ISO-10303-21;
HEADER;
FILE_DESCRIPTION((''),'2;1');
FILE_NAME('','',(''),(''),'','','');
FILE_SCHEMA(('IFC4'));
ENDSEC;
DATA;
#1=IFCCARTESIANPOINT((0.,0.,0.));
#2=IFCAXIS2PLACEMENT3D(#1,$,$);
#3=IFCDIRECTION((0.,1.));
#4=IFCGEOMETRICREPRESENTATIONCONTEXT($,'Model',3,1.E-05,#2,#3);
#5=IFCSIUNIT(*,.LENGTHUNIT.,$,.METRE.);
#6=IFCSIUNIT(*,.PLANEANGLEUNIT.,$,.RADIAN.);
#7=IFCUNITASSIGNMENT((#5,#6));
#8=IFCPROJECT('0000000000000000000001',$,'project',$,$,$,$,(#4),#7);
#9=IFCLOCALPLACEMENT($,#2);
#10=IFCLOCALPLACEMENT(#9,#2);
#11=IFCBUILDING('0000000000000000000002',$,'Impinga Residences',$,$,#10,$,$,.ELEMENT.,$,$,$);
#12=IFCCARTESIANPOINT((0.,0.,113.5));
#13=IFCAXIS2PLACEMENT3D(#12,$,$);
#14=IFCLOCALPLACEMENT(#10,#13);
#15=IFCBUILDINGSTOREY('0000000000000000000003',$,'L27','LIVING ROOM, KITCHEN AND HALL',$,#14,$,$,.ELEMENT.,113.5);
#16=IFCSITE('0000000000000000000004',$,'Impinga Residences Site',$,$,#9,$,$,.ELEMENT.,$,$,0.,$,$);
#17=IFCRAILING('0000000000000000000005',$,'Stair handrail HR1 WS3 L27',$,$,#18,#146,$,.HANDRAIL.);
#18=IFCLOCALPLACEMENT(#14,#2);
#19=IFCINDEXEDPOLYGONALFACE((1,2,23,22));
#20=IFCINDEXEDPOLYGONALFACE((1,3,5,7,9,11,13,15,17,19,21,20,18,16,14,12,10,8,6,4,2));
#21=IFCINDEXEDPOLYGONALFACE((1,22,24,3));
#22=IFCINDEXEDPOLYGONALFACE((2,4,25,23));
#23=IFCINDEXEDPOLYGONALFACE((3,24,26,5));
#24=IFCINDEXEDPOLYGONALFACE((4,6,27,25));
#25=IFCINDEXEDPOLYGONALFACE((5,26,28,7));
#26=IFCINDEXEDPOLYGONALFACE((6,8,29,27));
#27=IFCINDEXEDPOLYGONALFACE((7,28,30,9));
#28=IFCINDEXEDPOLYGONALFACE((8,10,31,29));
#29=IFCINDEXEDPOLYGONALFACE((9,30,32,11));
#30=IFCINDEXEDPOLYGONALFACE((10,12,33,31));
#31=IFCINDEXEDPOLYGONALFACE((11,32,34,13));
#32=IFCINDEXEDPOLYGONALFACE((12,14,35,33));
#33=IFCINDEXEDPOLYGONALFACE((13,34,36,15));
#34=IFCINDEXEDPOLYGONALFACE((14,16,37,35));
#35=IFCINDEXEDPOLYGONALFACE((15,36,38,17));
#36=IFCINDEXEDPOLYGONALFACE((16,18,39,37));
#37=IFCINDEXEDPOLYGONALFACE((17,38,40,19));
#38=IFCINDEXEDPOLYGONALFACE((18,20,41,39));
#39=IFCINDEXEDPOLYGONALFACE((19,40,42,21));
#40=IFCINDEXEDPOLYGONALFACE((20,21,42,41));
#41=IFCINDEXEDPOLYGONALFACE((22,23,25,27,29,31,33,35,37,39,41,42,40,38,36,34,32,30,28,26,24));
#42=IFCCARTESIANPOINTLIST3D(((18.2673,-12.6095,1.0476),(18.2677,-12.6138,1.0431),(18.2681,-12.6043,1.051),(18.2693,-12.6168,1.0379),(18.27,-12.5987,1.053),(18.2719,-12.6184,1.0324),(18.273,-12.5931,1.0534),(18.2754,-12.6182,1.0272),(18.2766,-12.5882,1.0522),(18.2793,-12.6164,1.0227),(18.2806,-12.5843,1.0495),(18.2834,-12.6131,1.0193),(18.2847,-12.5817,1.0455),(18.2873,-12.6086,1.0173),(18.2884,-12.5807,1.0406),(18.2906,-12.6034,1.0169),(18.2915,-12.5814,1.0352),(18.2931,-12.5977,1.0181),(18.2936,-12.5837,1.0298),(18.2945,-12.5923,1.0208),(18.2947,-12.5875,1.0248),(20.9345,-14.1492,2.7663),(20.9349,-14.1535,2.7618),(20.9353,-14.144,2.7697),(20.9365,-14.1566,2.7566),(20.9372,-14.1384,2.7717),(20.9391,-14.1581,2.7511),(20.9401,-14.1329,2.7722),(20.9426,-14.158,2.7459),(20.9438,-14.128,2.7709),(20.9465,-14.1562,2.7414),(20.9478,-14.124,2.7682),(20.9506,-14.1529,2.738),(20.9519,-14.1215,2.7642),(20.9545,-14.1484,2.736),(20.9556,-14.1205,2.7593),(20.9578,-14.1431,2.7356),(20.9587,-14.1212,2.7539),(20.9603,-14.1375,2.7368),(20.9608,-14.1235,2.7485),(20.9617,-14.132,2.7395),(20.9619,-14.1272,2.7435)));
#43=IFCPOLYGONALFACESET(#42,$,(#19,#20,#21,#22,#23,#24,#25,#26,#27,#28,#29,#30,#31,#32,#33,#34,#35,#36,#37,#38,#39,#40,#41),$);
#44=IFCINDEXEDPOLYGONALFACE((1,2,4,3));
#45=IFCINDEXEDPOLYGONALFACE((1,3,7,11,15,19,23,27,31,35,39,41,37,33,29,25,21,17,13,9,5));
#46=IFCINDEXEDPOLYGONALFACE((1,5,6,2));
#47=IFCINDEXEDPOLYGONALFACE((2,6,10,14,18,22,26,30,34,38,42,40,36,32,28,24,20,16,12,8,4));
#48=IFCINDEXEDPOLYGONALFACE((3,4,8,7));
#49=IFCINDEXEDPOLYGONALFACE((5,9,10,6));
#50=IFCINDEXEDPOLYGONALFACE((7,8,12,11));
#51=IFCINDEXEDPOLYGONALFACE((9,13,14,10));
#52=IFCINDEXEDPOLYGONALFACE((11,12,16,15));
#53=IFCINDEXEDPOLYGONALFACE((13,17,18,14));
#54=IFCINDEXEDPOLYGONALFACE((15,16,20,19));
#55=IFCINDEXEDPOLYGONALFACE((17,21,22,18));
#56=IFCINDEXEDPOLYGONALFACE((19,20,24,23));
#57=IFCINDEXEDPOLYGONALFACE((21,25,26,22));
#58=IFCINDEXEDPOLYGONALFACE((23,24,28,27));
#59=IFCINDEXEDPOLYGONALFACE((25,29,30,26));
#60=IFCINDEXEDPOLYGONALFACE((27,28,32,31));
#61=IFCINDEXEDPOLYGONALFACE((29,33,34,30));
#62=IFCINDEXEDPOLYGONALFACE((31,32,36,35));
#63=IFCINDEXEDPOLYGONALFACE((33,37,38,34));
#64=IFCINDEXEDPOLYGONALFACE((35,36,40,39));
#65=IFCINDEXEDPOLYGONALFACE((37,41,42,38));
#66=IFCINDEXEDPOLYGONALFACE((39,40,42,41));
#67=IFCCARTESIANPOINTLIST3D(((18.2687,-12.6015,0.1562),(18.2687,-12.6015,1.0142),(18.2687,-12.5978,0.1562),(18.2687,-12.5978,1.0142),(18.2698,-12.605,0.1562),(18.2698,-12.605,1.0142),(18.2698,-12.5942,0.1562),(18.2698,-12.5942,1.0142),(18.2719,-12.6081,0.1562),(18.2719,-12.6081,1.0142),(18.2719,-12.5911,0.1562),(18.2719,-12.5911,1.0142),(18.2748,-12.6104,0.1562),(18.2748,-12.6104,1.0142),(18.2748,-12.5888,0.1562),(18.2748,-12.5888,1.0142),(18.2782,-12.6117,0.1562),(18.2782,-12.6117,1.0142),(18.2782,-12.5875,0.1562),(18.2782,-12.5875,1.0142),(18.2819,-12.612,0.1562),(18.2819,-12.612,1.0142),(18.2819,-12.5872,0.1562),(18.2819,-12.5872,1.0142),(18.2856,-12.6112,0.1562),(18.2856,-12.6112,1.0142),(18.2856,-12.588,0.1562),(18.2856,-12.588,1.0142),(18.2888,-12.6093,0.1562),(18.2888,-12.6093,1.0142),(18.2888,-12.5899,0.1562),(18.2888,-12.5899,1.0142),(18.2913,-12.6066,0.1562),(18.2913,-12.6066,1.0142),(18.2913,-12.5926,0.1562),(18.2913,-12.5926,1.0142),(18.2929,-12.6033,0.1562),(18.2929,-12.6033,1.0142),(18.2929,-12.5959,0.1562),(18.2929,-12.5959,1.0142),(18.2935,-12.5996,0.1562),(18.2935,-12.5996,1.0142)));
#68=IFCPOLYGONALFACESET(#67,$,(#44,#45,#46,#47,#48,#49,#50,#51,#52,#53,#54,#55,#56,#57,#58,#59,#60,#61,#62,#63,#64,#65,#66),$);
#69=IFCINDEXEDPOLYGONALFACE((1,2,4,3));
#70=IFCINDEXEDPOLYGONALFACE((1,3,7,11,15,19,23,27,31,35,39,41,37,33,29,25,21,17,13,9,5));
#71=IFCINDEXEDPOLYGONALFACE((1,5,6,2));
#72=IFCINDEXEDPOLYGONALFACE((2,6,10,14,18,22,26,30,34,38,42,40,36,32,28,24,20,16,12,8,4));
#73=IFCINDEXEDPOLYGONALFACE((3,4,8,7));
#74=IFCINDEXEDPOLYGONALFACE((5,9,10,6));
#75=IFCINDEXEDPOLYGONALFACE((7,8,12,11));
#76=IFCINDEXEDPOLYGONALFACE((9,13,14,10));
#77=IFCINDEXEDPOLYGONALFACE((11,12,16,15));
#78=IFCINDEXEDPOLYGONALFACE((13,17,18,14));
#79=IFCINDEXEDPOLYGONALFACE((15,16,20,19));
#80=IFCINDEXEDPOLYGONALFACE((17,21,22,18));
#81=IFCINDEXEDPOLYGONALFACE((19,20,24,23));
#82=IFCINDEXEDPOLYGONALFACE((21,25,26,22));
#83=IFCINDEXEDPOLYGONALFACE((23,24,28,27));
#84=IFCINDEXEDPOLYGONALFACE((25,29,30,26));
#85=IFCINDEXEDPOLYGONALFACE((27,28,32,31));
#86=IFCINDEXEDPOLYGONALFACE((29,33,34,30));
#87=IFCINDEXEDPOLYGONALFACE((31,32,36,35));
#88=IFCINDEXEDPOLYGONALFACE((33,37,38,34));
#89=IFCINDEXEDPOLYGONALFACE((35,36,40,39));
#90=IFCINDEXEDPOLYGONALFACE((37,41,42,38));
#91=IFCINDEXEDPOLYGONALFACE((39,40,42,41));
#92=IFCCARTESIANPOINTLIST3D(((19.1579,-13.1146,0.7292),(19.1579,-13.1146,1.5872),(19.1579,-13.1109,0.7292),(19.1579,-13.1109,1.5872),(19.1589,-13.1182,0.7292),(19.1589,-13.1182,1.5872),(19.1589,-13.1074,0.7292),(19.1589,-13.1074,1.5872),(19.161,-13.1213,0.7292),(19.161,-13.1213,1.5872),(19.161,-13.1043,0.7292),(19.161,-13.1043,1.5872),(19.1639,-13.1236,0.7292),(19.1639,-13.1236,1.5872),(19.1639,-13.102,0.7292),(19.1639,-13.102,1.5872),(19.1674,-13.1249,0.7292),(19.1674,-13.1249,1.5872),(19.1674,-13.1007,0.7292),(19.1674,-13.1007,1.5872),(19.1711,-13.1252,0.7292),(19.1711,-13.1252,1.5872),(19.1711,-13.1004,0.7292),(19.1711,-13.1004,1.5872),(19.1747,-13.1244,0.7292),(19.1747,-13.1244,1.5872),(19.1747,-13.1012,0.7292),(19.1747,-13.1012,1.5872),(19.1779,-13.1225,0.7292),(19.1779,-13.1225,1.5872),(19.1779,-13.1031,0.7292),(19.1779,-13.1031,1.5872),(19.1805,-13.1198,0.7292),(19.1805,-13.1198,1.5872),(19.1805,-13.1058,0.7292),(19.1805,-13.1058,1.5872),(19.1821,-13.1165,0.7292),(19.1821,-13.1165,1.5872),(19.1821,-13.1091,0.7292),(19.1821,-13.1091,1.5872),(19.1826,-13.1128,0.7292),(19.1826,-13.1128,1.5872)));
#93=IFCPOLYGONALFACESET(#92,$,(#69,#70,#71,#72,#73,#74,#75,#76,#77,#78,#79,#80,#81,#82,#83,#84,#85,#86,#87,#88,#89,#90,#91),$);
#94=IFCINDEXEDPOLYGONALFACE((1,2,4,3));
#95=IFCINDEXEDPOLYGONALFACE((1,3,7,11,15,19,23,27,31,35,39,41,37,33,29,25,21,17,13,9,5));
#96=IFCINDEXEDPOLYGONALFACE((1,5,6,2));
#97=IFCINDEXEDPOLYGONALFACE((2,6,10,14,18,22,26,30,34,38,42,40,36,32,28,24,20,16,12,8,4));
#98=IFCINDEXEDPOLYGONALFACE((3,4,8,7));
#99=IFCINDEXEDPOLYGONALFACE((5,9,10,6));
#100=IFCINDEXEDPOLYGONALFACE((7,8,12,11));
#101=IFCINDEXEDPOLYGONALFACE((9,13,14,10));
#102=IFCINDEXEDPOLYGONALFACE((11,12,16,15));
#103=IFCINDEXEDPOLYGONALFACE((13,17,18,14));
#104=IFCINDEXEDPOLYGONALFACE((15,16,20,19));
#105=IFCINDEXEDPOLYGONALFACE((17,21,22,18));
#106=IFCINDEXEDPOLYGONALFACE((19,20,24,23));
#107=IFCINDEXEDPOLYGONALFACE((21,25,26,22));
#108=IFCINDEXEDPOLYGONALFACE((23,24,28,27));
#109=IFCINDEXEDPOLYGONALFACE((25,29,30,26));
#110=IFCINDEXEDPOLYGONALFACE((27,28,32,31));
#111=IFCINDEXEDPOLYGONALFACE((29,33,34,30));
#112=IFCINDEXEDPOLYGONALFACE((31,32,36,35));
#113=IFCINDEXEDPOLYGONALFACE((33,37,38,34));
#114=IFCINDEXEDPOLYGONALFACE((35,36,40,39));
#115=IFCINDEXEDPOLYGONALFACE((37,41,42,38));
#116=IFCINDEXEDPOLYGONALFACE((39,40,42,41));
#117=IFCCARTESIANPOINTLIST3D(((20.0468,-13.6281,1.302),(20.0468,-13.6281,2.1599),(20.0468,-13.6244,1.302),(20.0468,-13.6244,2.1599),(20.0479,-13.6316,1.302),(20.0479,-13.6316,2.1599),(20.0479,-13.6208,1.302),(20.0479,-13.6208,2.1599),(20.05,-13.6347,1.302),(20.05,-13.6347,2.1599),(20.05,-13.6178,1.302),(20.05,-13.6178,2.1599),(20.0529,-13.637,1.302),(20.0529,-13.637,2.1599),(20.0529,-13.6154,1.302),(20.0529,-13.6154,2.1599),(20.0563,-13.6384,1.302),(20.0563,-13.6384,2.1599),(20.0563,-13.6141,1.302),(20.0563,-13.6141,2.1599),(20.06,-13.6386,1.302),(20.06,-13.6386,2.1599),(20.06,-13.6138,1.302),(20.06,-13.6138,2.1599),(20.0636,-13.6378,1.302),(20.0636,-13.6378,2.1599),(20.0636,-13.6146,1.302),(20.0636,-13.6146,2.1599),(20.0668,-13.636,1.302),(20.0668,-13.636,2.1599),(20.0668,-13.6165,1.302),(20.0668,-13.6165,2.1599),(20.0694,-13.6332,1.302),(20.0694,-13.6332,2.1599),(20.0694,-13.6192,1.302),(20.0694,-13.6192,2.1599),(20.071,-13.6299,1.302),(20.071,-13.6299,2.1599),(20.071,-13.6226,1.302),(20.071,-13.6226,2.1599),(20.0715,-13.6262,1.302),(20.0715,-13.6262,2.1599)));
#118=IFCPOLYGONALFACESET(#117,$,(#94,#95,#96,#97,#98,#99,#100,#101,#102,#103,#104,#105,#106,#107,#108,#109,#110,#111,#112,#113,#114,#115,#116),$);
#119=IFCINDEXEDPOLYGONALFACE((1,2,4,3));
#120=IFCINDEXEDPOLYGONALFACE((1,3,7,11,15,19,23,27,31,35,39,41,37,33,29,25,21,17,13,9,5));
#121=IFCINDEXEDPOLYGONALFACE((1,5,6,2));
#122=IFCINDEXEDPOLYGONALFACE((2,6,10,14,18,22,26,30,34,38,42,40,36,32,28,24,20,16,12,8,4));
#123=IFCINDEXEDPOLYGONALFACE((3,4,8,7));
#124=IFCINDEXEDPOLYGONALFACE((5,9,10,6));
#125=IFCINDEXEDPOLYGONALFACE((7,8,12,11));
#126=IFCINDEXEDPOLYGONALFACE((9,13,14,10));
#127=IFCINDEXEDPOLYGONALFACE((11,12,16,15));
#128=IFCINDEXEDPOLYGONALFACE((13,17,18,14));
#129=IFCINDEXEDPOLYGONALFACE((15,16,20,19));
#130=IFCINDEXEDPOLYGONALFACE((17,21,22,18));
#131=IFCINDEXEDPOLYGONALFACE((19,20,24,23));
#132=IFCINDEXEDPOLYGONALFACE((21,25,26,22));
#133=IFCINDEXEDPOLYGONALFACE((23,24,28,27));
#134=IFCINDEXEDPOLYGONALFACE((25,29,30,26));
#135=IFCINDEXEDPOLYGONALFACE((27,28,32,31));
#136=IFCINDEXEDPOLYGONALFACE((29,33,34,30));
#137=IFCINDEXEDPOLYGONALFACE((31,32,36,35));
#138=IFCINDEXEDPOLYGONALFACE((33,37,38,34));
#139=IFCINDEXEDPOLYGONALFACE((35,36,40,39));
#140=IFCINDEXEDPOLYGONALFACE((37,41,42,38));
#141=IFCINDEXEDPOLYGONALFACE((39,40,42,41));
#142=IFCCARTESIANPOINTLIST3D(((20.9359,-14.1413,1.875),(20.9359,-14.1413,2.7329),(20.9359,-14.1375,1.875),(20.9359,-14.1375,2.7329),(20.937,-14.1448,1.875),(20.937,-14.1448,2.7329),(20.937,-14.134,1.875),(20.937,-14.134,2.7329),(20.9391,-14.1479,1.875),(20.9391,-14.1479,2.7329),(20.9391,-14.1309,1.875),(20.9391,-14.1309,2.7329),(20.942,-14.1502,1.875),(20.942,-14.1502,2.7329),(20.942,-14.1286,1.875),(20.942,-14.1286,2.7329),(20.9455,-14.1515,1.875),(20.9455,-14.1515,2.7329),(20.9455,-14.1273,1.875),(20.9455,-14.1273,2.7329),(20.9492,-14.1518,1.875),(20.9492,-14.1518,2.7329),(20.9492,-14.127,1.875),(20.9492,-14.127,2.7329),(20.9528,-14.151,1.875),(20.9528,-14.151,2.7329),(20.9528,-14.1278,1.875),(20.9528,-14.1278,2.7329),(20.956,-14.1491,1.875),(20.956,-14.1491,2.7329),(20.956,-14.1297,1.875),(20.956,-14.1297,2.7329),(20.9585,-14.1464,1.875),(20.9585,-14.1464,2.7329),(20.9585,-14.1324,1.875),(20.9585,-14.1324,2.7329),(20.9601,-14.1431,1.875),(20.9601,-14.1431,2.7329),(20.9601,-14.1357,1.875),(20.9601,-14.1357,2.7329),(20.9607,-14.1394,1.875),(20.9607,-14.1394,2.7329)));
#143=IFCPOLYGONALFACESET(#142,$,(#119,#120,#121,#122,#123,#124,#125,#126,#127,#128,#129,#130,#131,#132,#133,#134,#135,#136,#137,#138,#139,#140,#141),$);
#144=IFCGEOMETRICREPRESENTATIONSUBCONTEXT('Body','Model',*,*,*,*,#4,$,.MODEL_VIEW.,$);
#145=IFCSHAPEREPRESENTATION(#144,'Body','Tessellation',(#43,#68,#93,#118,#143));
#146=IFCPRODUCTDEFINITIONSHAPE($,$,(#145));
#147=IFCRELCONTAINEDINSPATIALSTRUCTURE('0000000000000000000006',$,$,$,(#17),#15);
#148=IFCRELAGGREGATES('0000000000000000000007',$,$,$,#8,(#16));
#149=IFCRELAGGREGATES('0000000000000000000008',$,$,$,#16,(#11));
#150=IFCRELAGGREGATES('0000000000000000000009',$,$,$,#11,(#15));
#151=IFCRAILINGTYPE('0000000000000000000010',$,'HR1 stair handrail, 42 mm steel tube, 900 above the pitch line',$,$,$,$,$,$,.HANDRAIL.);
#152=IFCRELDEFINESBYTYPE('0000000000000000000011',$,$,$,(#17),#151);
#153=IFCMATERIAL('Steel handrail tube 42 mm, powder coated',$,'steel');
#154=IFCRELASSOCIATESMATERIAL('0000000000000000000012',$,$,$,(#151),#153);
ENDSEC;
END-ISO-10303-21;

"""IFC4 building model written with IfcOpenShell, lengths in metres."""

from ifc_helpers import new_model, si_unit, direction, frame, origin, origin_2d, place, context, subcontext, project, spatial, circle, extrude, material, type_object, element, save


model = new_model("IFC4")

# Units and contexts
model_context = context("Model", 3, precision=1e-05, world=origin(), true_north=direction((0.0, 1.0)))
body_context = subcontext(model_context, "Body", "Model", "MODEL_VIEW")
ifc_project = project(units=[si_unit("LENGTHUNIT", "METRE"), si_unit("PLANEANGLEUNIT", "RADIAN")], contexts=[model_context])

# Site, building, storey
site_placement = place(None, origin())
site = spatial("IfcSite", under=ifc_project, at=site_placement, Name="Impinga Residences Site", CompositionType="ELEMENT", RefElevation=0.0)
building_placement = place(site_placement, origin())
building = spatial("IfcBuilding", under=site, at=building_placement, Name="Impinga Residences", CompositionType="ELEMENT")
storey_placement = place(building_placement, frame((0.0, 0.0, 113.5)))
storey = spatial("IfcBuildingStorey", under=building, at=storey_placement, Name="L27", Description="LIVING ROOM, KITCHEN AND HALL", CompositionType="ELEMENT", Elevation=113.5)

# Railing
ifc_material_1 = material(Name="Steel handrail tube 42 mm, powder coated", Category="steel")
railing_type = type_object("IfcRailingType", Name="HR1 stair handrail, 42 mm steel tube, 900 above the pitch line", PredefinedType="HANDRAIL", material=ifc_material_1)
railing_placement = place(storey_placement, frame((18.281, -12.5996, 0.1562)))
element("IfcRailing", 1, at=railing_placement, inside=storey, type_object=railing_type, Name="Stair handrail HR1 WS3 L27", PredefinedType="HANDRAIL", context=body_context, shape_type="SweptSolid", body=[
    extrude(circle(Radius=0.021, at=origin_2d()), frame((0.0, 0.0, 0.8789), z_axis=(0.756249, -0.436582, 0.487322), x_axis=(0.499967, 0.866044, 0.0)), (0.0, 0.0, 1.0), 3.5269),
    extrude(circle(Radius=0.0125, at=origin_2d()), origin(), (0.0, 0.0, 1.0), 0.8579),
    extrude(circle(Radius=0.0125, at=origin_2d()), frame((0.8892, -0.5132, 0.573)), (0.0, 0.0, 1.0), 0.8579),
    extrude(circle(Radius=0.0125, at=origin_2d()), frame((1.7781, -1.0266, 1.1458)), (0.0, 0.0, 1.0), 0.8579),
    extrude(circle(Radius=0.0125, at=origin_2d()), frame((2.6672, -1.5398, 1.7188)), (0.0, 0.0, 1.0), 0.8579),
])

save(model, "model.ifc")
